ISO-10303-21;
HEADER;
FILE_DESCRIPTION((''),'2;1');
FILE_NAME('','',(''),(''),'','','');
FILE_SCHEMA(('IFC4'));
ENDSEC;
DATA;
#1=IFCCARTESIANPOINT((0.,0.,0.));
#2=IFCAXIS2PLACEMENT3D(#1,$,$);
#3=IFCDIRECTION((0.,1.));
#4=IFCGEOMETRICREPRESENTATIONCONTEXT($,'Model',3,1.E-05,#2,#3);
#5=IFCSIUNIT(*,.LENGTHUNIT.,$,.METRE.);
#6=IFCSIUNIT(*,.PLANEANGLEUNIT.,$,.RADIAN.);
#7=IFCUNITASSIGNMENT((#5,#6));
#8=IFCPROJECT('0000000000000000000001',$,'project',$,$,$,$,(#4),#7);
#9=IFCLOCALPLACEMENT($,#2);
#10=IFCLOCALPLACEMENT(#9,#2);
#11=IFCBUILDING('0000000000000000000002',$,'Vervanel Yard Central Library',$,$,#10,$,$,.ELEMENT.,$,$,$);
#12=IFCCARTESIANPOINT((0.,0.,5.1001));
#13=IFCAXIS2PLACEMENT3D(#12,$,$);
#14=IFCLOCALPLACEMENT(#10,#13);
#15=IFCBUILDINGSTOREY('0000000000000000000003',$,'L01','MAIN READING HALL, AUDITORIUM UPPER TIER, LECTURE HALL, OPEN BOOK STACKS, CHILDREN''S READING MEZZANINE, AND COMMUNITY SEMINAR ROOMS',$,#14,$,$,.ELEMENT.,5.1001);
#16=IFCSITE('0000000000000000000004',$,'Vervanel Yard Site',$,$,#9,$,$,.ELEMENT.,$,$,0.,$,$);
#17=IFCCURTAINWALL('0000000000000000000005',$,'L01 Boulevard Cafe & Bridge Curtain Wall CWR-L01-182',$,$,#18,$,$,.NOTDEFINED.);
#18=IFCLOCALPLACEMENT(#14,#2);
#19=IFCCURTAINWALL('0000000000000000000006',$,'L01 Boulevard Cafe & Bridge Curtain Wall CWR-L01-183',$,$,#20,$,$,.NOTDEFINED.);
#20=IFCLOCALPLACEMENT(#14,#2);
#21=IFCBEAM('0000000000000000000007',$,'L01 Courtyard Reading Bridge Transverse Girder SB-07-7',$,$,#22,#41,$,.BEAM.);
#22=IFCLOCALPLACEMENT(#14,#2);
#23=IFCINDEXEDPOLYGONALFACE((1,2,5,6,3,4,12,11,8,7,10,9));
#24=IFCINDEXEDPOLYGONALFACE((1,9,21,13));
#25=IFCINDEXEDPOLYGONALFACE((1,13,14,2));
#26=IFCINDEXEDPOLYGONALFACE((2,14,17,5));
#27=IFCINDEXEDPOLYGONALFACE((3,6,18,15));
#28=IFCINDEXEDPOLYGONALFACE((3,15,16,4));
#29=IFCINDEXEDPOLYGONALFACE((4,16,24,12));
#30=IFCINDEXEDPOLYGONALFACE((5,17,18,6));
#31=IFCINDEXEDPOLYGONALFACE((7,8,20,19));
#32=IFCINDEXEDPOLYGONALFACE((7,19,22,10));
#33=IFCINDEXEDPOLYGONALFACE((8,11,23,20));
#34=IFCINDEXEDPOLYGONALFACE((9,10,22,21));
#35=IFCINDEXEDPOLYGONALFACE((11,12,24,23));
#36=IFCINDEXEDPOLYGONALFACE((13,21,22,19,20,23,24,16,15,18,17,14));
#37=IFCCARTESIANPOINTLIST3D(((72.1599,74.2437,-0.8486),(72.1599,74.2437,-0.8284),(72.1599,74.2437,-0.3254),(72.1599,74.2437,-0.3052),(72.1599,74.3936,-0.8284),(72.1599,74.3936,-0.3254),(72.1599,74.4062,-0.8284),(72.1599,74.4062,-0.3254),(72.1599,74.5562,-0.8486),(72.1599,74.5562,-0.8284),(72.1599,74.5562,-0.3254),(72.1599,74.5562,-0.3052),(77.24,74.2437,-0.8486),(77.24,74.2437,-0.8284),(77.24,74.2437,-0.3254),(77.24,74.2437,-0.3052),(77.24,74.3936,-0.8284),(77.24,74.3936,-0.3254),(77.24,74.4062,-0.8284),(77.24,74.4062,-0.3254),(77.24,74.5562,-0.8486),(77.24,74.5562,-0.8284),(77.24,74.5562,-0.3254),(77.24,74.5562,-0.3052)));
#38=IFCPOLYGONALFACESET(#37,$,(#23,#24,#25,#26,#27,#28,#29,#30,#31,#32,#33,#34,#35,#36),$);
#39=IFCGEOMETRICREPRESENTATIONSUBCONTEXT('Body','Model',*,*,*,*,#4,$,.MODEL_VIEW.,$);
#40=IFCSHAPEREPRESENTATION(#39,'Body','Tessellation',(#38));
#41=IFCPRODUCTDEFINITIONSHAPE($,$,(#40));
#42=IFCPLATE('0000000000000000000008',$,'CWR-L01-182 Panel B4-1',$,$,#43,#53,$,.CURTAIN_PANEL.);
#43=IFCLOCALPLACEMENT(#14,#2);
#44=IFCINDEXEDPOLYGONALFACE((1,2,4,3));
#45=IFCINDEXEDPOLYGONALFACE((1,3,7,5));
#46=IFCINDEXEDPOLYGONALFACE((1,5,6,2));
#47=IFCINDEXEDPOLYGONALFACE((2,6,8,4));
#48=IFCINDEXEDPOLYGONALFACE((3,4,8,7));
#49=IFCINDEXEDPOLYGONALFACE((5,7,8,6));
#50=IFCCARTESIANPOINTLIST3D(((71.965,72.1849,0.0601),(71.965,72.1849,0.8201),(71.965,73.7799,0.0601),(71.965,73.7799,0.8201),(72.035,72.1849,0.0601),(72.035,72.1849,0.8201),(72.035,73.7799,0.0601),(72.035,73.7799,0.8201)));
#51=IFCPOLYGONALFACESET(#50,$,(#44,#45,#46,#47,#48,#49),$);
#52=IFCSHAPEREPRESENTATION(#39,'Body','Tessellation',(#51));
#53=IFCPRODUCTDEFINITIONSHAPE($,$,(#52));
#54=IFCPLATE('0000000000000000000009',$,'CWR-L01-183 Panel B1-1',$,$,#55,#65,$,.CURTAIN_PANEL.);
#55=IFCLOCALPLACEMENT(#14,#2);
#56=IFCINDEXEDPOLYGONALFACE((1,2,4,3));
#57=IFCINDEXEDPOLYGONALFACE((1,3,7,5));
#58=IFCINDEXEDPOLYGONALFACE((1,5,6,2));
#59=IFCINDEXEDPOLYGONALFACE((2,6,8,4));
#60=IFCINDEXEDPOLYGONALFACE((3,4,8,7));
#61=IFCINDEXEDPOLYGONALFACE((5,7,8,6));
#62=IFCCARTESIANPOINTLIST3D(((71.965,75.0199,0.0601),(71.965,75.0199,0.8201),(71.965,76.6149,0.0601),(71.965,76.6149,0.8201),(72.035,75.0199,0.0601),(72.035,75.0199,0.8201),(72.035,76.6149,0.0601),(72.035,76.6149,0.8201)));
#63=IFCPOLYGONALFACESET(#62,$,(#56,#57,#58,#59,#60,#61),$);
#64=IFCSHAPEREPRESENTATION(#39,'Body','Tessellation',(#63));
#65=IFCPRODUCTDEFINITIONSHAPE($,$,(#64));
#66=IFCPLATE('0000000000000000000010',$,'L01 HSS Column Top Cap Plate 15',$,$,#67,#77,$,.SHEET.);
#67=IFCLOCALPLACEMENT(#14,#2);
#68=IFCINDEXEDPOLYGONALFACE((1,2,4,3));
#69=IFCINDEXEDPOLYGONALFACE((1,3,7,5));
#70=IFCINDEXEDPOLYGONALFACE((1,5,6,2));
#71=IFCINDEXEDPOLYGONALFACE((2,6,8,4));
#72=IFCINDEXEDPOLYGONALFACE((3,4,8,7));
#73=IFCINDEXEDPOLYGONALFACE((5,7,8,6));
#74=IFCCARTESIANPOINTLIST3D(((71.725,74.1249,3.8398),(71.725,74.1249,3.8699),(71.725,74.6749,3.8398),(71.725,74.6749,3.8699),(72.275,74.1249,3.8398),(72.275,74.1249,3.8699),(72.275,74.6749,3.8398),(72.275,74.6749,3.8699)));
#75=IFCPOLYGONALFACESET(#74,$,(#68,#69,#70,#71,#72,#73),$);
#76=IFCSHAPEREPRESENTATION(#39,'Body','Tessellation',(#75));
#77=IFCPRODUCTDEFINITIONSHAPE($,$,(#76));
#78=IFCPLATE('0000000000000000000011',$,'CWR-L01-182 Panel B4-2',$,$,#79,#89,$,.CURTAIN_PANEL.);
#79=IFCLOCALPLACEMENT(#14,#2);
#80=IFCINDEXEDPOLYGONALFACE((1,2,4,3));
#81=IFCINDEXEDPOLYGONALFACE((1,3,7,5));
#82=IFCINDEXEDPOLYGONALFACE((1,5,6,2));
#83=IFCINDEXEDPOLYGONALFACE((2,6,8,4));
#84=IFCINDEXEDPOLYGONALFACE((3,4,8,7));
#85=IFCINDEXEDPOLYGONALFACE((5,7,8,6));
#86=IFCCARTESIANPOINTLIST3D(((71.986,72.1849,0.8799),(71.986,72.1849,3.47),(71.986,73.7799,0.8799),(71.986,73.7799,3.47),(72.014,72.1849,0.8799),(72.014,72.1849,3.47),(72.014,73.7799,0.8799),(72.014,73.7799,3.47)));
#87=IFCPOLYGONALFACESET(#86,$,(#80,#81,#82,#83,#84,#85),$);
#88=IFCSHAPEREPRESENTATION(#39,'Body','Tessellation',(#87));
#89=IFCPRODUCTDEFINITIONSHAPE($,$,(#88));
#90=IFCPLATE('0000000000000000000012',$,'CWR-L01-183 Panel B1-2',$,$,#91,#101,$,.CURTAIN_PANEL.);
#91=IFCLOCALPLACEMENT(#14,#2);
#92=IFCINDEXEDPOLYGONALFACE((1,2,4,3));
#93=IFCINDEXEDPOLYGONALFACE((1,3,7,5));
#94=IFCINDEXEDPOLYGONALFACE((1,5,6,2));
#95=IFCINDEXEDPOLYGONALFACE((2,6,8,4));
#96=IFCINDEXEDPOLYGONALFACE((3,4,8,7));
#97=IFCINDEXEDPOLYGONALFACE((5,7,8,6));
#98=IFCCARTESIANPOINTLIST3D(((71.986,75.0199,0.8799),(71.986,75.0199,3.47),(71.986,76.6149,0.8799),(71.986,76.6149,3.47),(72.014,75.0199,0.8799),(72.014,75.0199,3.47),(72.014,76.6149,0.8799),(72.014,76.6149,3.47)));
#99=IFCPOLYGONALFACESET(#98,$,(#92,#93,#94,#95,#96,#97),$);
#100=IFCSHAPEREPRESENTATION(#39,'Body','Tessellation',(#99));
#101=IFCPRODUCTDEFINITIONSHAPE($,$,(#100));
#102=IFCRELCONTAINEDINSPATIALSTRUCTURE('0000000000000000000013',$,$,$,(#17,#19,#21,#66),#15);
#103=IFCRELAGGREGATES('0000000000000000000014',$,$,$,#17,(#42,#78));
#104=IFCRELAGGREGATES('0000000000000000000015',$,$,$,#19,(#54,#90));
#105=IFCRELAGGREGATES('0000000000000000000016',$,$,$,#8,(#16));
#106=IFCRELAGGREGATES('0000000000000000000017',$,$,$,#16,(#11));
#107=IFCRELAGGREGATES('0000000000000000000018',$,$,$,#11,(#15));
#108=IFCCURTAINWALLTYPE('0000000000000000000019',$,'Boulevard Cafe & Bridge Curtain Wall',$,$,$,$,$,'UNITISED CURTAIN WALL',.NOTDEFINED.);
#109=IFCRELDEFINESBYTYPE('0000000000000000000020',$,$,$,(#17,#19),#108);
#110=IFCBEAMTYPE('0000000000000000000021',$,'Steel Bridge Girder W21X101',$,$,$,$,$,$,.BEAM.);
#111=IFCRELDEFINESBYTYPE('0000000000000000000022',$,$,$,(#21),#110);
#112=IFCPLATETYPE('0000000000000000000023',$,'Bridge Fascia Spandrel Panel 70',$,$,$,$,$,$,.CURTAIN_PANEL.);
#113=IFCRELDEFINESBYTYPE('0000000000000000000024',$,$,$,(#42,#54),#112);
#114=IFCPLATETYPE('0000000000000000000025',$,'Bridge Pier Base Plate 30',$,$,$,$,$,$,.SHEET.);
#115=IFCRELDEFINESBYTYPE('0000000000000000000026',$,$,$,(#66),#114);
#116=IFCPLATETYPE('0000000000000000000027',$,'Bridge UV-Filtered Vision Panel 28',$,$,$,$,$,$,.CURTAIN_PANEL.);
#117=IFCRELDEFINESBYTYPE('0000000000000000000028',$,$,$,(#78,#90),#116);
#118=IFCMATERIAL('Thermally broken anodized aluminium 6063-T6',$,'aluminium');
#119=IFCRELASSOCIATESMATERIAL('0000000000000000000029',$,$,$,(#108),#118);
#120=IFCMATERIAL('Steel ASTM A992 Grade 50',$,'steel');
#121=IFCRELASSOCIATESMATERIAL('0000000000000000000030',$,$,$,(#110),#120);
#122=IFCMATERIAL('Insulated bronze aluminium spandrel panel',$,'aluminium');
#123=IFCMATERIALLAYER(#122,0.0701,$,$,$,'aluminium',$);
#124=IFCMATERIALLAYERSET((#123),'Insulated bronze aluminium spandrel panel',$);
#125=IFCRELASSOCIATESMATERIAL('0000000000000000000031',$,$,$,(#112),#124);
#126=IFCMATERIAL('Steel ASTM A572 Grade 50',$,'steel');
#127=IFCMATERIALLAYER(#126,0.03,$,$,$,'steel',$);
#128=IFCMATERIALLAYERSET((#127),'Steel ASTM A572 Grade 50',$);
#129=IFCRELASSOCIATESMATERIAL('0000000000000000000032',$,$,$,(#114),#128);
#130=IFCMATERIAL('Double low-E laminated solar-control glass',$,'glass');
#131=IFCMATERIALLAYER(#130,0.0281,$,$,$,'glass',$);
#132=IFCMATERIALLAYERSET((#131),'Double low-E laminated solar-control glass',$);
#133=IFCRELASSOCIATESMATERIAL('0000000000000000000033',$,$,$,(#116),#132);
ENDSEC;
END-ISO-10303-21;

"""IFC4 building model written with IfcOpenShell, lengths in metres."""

from ifc_helpers import new_model, si_unit, direction, frame, origin, origin_2d, place, context, subcontext, project, spatial, rectangle, i_section, extrude, material, layer, layer_set, material_profile, profile_set, type_object, element, aggregate, save


model = new_model("IFC4")

# Units and contexts
model_context = context("Model", 3, precision=1e-05, world=origin(), true_north=direction((0.0, 1.0)))
body_context = subcontext(model_context, "Body", "Model", "MODEL_VIEW")
ifc_project = project(units=[si_unit("LENGTHUNIT", "METRE"), si_unit("PLANEANGLEUNIT", "RADIAN")], contexts=[model_context])

# Site, building, storey
site_placement = place(None, origin())
site = spatial("IfcSite", under=ifc_project, at=site_placement, Name="Vervanel Yard Site", CompositionType="ELEMENT", RefElevation=0.0)
building_placement = place(site_placement, origin())
building = spatial("IfcBuilding", under=site, at=building_placement, Name="Vervanel Yard Central Library", CompositionType="ELEMENT")
storey_placement = place(building_placement, frame((0.0, 0.0, 5.1001)))
storey = spatial("IfcBuildingStorey", under=building, at=storey_placement, Name="L01", Description="MAIN READING HALL, AUDITORIUM UPPER TIER, LECTURE HALL, OPEN BOOK STACKS, CHILDREN'S READING MEZZANINE, AND COMMUNITY SEMINAR ROOMS", CompositionType="ELEMENT", Elevation=5.1001)

# Curtain wall
ifc_material_1 = material(Name="Thermally broken anodized aluminium 6063-T6", Category="aluminium")
curtain_wall_type = type_object("IfcCurtainWallType", Name="Boulevard Cafe & Bridge Curtain Wall", ElementType="UNITISED CURTAIN WALL", PredefinedType="NOTDEFINED", material=ifc_material_1)
curtain_wall_1_placement = place(storey_placement, origin())
curtain_wall_1 = element("IfcCurtainWall", 1, at=curtain_wall_1_placement, inside=storey, type_object=curtain_wall_type, Name="L01 Boulevard Cafe & Bridge Curtain Wall CWR-L01-182", PredefinedType="NOTDEFINED")

# Curtain wall
curtain_wall_2_placement = place(storey_placement, origin())
curtain_wall_2 = element("IfcCurtainWall", 2, at=curtain_wall_2_placement, inside=storey, type_object=curtain_wall_type, Name="L01 Boulevard Cafe & Bridge Curtain Wall CWR-L01-183", PredefinedType="NOTDEFINED")

# Beam
ifc_material_2 = material(Name="Steel ASTM A992 Grade 50", Category="steel")
ifc_material_profile_1 = material_profile(ifc_material_2, i_section(OverallWidth=0.3125, OverallDepth=0.5435, WebThickness=0.0127, FlangeThickness=0.0203, at=origin_2d()), Name="W21X101", Category="steel")
ifc_profile_set_1 = profile_set([ifc_material_profile_1], Name="Steel ASTM A992 Grade 50")
beam_type_1 = type_object("IfcBeamType", Name="Steel Bridge Girder W21X101", PredefinedType="BEAM", material=ifc_profile_set_1)
beam_1_placement = place(storey_placement, frame((72.1599, 74.3999, -0.5769), z_axis=(1.0, 0.0, 0.0), x_axis=(0.0, 1.0, 0.0)))
element("IfcBeam", 3, at=beam_1_placement, inside=storey, type_object=beam_type_1, Name="L01 Courtyard Reading Bridge Transverse Girder SB-07-7", PredefinedType="BEAM", context=body_context, shape_type="SweptSolid", body=[
    extrude(i_section(OverallWidth=0.3125, OverallDepth=0.5435, WebThickness=0.0127, FlangeThickness=0.0203, at=origin_2d()), origin(), (0.0, 0.0, 1.0), 5.0801),
])

# Plates
ifc_material_3 = material(Name="Insulated bronze aluminium spandrel panel", Category="aluminium")
ifc_layer_1 = layer(ifc_material_3, 0.0701, Category="aluminium")
ifc_layer_set_1 = layer_set([ifc_layer_1], Name="Insulated bronze aluminium spandrel panel")
plate_type_1 = type_object("IfcPlateType", Name="Bridge Fascia Spandrel Panel 70", PredefinedType="CURTAIN_PANEL", material=ifc_layer_set_1)
plate_1_placement = place(storey_placement, frame((72.0, 72.9824, 0.0601), z_axis=(0.0, 0.0, 1.0), x_axis=(0.0, 1.0, 0.0)))
plate_1 = element("IfcPlate", 4, at=plate_1_placement, type_object=plate_type_1, Name="CWR-L01-182 Panel B4-1", PredefinedType="CURTAIN_PANEL", context=body_context, shape_type="SweptSolid", body=[
    extrude(rectangle(XDim=1.595, YDim=0.0701, at=origin_2d()), origin(), (0.0, 0.0, 1.0), 0.76),
])
plate_2_placement = place(storey_placement, frame((72.0, 75.8174, 0.0601), z_axis=(0.0, 0.0, 1.0), x_axis=(0.0, 1.0, 0.0)))
plate_2 = element("IfcPlate", 5, at=plate_2_placement, type_object=plate_type_1, Name="CWR-L01-183 Panel B1-1", PredefinedType="CURTAIN_PANEL", context=body_context, shape_type="SweptSolid", body=[
    extrude(rectangle(XDim=1.595, YDim=0.0701, at=origin_2d()), origin(), (0.0, 0.0, 1.0), 0.76),
])
ifc_material_4 = material(Name="Steel ASTM A572 Grade 50", Category="steel")
ifc_layer_2 = layer(ifc_material_4, 0.03, Category="steel")
ifc_layer_set_2 = layer_set([ifc_layer_2], Name="Steel ASTM A572 Grade 50")
plate_type_2 = type_object("IfcPlateType", Name="Bridge Pier Base Plate 30", PredefinedType="SHEET", material=ifc_layer_set_2)
plate_3_placement = place(storey_placement, frame((72.0, 74.3999, 3.8398), z_axis=(0.0, 0.0, 1.0), x_axis=(1.0, 0.0, 0.0)))
element("IfcPlate", 6, at=plate_3_placement, inside=storey, type_object=plate_type_2, Name="L01 HSS Column Top Cap Plate 15", PredefinedType="SHEET", context=body_context, shape_type="SweptSolid", body=[
    extrude(rectangle(XDim=0.55, YDim=0.55, at=origin_2d()), origin(), (0.0, 0.0, 1.0), 0.03),
])
ifc_material_5 = material(Name="Double low-E laminated solar-control glass", Category="glass")
ifc_layer_3 = layer(ifc_material_5, 0.0281, Category="glass")
ifc_layer_set_3 = layer_set([ifc_layer_3], Name="Double low-E laminated solar-control glass")
plate_type_3 = type_object("IfcPlateType", Name="Bridge UV-Filtered Vision Panel 28", PredefinedType="CURTAIN_PANEL", material=ifc_layer_set_3)
plate_4_placement = place(storey_placement, frame((72.0, 72.9824, 0.8799), z_axis=(0.0, 0.0, 1.0), x_axis=(0.0, 1.0, 0.0)))
plate_4 = element("IfcPlate", 7, at=plate_4_placement, type_object=plate_type_3, Name="CWR-L01-182 Panel B4-2", PredefinedType="CURTAIN_PANEL", context=body_context, shape_type="SweptSolid", body=[
    extrude(rectangle(XDim=1.595, YDim=0.0281, at=origin_2d()), origin(), (0.0, 0.0, 1.0), 2.5901),
])
aggregate(curtain_wall_1, [plate_1, plate_4])
plate_5_placement = place(storey_placement, frame((72.0, 75.8174, 0.8799), z_axis=(0.0, 0.0, 1.0), x_axis=(0.0, 1.0, 0.0)))
plate_5 = element("IfcPlate", 8, at=plate_5_placement, type_object=plate_type_3, Name="CWR-L01-183 Panel B1-2", PredefinedType="CURTAIN_PANEL", context=body_context, shape_type="SweptSolid", body=[
    extrude(rectangle(XDim=1.595, YDim=0.0281, at=origin_2d()), origin(), (0.0, 0.0, 1.0), 2.5901),
])
aggregate(curtain_wall_2, [plate_2, plate_5])

save(model, "model.ifc")
